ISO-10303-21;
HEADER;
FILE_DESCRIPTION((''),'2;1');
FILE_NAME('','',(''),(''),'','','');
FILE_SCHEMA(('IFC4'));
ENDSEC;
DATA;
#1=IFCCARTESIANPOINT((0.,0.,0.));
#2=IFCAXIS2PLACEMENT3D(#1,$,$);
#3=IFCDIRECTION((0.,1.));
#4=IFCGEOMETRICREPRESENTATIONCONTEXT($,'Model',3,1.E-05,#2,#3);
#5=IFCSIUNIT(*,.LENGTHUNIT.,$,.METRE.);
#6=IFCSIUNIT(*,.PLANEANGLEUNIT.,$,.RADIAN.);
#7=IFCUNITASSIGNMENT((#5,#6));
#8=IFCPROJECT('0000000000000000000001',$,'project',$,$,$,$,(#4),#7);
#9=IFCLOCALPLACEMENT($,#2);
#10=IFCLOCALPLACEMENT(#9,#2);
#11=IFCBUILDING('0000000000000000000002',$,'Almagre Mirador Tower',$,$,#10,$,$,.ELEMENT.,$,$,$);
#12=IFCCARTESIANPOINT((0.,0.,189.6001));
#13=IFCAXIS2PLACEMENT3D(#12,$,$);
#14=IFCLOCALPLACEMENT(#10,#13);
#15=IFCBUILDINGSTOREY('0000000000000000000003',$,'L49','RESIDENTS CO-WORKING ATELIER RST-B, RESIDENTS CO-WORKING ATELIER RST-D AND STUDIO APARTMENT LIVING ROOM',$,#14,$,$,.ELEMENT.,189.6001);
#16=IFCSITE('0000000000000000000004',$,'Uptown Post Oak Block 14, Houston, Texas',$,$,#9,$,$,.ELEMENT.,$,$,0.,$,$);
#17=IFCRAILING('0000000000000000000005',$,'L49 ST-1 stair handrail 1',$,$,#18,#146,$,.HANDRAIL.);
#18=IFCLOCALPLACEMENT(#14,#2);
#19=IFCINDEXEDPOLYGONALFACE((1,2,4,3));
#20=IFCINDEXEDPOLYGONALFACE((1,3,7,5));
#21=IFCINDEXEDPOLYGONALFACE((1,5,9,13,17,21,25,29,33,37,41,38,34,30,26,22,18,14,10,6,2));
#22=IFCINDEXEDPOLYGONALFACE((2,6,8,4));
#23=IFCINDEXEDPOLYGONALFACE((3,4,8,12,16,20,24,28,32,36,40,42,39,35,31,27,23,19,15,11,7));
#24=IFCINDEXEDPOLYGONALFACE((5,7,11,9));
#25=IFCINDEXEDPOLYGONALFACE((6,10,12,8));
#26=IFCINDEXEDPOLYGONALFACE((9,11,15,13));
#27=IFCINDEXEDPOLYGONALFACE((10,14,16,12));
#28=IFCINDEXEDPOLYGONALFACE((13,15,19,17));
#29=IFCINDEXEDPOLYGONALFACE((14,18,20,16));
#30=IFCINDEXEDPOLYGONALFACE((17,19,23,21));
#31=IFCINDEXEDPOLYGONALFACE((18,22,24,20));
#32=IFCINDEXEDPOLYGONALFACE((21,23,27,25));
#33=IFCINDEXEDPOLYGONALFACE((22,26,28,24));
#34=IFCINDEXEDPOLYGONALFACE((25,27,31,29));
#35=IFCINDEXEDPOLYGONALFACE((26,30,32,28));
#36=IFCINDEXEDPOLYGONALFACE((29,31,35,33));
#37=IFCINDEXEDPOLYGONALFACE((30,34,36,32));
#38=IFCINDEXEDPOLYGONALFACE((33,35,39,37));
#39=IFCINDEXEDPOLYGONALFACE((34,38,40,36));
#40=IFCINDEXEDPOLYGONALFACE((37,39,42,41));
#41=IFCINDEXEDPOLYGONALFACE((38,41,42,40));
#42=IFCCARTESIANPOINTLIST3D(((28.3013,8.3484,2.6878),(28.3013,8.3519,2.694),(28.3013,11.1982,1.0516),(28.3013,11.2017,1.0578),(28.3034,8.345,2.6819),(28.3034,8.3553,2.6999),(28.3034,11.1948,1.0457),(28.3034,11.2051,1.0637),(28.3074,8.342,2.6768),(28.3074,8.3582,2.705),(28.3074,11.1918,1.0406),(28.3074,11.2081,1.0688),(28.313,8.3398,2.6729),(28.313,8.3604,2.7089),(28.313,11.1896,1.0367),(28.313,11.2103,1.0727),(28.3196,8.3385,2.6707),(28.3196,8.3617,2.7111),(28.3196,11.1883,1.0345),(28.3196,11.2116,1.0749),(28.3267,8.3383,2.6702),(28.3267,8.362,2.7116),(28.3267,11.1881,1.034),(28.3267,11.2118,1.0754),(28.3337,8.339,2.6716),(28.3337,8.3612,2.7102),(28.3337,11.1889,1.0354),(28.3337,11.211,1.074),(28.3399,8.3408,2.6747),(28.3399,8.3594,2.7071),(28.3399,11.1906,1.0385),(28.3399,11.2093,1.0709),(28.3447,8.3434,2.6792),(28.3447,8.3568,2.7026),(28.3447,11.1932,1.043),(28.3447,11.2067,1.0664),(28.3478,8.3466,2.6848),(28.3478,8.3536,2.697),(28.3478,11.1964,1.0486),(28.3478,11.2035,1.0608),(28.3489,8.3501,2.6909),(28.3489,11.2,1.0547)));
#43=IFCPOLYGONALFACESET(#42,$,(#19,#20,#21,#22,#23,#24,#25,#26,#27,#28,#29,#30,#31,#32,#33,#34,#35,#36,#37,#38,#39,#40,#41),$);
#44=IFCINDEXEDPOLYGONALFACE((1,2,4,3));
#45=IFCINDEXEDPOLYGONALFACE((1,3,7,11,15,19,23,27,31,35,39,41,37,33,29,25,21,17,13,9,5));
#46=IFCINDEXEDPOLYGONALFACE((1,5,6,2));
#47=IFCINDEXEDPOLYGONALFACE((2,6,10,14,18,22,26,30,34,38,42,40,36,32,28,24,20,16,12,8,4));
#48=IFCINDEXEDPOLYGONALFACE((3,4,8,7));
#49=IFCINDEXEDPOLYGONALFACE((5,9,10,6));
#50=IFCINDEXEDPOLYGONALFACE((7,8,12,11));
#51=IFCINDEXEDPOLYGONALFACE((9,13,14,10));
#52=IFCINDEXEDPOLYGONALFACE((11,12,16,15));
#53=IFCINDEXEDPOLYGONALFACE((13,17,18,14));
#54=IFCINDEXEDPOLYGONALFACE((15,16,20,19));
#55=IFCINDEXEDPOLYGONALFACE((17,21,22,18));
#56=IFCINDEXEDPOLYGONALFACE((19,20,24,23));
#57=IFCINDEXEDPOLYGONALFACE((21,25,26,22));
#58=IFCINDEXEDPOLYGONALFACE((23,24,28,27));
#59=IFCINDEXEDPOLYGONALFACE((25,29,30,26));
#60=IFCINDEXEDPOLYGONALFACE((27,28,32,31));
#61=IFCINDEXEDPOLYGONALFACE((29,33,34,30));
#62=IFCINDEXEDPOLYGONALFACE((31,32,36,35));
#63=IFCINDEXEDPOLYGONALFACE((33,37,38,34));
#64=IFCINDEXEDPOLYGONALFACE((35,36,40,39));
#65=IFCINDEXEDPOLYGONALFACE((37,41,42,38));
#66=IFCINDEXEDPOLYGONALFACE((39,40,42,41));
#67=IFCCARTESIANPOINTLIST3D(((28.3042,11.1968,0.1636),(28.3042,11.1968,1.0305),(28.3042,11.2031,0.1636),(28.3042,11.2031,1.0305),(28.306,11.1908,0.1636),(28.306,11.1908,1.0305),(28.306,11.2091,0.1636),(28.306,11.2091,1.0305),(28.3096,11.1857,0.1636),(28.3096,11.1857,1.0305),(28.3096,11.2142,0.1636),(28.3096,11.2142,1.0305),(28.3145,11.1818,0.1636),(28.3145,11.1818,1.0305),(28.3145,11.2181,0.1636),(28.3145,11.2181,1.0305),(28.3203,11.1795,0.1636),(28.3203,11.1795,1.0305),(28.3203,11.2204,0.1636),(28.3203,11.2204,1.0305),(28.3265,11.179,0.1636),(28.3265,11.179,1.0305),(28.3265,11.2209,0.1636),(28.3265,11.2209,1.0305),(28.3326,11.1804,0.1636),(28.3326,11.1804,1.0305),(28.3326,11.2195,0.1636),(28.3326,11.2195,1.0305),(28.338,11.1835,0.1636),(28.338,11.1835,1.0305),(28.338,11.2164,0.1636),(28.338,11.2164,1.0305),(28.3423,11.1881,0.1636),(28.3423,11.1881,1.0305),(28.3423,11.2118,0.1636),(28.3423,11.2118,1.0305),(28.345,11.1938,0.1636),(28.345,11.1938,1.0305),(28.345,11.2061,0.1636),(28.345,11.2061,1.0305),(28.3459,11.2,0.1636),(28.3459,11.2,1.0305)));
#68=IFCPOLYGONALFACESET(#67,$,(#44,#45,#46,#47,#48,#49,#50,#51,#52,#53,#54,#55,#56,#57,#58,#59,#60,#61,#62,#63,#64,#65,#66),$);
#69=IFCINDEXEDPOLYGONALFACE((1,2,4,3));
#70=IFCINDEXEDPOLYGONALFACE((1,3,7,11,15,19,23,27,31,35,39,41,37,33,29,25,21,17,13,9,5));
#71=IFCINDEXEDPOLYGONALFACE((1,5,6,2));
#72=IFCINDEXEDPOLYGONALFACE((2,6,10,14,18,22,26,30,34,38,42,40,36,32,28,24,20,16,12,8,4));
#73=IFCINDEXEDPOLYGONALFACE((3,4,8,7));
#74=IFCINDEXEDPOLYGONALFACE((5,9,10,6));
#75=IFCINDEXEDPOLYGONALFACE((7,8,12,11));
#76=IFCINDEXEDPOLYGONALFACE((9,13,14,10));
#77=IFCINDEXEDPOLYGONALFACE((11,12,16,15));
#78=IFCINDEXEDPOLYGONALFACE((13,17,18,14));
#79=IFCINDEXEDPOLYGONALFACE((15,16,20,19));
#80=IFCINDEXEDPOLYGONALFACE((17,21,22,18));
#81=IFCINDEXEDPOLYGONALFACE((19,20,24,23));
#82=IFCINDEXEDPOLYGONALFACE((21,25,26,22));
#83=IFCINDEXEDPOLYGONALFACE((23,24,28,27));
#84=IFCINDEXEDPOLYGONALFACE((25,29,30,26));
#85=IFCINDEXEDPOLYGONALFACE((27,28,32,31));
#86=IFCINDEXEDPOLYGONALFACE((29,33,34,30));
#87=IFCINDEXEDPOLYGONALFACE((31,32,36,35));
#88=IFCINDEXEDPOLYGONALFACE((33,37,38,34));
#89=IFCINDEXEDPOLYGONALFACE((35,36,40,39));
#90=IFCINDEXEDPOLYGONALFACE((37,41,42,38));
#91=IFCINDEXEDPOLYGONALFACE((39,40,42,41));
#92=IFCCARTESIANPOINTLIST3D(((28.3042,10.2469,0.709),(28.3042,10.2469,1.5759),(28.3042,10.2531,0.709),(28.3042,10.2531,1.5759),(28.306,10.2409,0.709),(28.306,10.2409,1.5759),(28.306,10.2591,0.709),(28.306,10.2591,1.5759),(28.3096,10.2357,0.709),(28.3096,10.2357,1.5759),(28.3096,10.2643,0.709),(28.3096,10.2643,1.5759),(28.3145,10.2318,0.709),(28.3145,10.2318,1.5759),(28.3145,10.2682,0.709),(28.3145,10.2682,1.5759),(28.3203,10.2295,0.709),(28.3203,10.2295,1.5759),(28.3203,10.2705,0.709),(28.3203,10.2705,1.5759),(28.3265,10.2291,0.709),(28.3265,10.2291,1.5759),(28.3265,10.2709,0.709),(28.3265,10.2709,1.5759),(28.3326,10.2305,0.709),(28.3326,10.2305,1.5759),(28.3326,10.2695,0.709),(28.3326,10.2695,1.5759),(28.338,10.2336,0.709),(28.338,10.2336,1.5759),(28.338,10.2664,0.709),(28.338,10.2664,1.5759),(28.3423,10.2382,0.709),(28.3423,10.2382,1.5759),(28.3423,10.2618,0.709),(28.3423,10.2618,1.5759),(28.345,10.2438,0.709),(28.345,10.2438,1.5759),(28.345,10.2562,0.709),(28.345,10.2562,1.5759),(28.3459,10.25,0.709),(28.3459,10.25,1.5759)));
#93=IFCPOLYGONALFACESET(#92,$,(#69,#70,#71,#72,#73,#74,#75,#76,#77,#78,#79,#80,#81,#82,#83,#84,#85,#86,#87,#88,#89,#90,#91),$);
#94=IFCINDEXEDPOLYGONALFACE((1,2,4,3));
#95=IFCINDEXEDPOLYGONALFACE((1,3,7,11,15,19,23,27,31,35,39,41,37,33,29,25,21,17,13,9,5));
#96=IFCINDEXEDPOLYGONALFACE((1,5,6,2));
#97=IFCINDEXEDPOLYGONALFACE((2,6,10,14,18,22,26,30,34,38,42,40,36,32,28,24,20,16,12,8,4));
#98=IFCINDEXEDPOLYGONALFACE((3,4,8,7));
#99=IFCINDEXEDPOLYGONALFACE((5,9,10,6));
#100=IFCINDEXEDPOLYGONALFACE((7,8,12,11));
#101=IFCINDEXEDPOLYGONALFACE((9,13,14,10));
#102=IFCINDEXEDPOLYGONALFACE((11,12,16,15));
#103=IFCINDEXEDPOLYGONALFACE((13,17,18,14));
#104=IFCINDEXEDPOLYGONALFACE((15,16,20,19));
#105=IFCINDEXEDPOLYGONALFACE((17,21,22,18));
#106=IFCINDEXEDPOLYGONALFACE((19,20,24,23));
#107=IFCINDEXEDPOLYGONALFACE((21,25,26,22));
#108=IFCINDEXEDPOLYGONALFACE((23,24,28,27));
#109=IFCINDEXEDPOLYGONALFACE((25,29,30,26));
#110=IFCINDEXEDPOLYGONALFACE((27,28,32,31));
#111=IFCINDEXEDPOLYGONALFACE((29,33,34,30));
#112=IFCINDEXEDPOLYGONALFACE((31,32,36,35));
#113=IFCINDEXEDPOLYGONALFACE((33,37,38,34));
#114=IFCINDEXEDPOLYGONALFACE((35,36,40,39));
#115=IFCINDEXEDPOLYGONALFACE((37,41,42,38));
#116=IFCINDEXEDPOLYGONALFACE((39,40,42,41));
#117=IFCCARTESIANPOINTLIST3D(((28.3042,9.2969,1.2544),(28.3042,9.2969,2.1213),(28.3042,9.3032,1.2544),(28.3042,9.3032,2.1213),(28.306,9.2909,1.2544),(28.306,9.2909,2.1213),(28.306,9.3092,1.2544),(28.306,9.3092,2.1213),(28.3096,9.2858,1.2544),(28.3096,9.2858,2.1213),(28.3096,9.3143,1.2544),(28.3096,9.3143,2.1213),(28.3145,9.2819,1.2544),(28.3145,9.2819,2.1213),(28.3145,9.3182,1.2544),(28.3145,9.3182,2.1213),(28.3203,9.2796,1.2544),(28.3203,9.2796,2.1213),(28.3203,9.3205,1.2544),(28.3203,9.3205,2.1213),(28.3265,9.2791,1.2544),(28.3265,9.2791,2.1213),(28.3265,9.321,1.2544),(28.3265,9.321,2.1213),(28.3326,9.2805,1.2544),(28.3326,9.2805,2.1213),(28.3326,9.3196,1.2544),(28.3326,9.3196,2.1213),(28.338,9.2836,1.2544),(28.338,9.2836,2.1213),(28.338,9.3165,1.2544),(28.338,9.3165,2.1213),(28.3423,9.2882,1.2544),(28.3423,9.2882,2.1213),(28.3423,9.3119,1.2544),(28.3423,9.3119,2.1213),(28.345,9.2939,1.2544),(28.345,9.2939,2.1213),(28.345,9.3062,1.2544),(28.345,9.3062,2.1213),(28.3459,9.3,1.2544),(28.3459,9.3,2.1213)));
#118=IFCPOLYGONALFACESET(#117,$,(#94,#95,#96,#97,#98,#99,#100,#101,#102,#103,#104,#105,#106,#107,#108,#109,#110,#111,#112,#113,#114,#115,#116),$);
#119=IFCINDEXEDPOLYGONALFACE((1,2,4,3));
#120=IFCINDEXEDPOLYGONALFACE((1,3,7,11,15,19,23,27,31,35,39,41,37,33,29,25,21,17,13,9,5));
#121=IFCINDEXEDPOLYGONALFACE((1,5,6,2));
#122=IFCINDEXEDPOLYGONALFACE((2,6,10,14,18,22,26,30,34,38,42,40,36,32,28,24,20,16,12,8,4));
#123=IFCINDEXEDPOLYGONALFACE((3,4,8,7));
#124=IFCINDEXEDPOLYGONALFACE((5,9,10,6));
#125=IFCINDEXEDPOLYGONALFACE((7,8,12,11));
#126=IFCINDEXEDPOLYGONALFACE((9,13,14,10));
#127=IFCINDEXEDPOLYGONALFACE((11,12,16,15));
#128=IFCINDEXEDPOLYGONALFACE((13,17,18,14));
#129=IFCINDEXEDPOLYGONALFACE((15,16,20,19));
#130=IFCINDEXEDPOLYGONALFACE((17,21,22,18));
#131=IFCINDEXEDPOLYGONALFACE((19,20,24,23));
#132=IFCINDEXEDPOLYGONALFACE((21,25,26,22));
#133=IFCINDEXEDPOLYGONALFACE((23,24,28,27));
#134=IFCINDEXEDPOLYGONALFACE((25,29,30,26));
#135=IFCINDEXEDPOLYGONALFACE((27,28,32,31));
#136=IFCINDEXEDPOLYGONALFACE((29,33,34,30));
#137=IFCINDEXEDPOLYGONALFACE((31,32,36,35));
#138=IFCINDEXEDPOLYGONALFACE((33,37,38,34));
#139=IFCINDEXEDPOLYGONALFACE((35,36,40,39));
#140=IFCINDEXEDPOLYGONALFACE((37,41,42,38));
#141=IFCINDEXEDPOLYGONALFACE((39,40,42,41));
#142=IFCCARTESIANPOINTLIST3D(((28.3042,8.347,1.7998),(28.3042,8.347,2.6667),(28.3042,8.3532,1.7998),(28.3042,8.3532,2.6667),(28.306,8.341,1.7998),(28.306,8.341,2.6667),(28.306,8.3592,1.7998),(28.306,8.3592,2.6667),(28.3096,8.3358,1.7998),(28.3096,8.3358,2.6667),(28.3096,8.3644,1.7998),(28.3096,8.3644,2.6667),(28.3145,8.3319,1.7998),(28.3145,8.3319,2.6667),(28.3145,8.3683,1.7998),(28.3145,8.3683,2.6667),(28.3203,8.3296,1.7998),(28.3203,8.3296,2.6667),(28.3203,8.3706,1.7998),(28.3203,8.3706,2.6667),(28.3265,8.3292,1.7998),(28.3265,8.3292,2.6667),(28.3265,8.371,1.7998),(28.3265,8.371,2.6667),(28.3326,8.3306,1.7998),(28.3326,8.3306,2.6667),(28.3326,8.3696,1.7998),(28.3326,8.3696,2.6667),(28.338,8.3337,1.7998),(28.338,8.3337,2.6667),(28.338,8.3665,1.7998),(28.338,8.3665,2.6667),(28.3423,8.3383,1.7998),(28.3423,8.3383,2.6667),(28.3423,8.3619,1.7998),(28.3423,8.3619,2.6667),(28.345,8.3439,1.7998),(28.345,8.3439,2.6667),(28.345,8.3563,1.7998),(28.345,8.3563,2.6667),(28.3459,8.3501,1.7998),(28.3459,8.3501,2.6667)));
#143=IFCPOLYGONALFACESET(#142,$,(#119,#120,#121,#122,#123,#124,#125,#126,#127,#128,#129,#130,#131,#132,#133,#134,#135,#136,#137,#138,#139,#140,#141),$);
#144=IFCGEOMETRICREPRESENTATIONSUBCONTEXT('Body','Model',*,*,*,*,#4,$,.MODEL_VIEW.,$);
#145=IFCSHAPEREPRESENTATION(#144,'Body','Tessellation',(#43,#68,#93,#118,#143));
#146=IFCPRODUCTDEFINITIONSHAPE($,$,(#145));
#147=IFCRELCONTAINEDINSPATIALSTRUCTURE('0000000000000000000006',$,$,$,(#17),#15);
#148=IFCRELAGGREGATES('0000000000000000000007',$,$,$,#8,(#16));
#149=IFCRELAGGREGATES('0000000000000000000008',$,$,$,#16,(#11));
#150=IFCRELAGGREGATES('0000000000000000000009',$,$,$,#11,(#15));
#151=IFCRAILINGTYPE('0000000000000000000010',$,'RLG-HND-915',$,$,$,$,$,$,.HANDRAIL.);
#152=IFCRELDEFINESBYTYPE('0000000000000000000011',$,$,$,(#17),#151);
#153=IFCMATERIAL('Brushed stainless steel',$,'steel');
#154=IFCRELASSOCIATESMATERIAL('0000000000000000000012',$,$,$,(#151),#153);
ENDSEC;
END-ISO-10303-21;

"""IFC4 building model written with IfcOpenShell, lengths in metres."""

from ifc_helpers import new_model, si_unit, direction, frame, origin, origin_2d, place, context, subcontext, project, spatial, circle, extrude, material, type_object, element, save


model = new_model("IFC4")

# Units and contexts
model_context = context("Model", 3, precision=1e-05, world=origin(), true_north=direction((0.0, 1.0)))
body_context = subcontext(model_context, "Body", "Model", "MODEL_VIEW")
ifc_project = project(units=[si_unit("LENGTHUNIT", "METRE"), si_unit("PLANEANGLEUNIT", "RADIAN")], contexts=[model_context])

# Site, building, storey
site_placement = place(None, origin())
site = spatial("IfcSite", under=ifc_project, at=site_placement, Name="Uptown Post Oak Block 14, Houston, Texas", CompositionType="ELEMENT", RefElevation=0.0)
building_placement = place(site_placement, origin())
building = spatial("IfcBuilding", under=site, at=building_placement, Name="Almagre Mirador Tower", CompositionType="ELEMENT")
storey_placement = place(building_placement, frame((0.0, 0.0, 189.6001)))
storey = spatial("IfcBuildingStorey", under=building, at=storey_placement, Name="L49", Description="RESIDENTS CO-WORKING ATELIER RST-B, RESIDENTS CO-WORKING ATELIER RST-D AND STUDIO APARTMENT LIVING ROOM", CompositionType="ELEMENT", Elevation=189.6001)

# Railing
ifc_material_1 = material(Name="Brushed stainless steel", Category="steel")
railing_type_1 = type_object("IfcRailingType", Name="RLG-HND-915", PredefinedType="HANDRAIL", material=ifc_material_1)
railing_1_placement = place(storey_placement, frame((28.325, 11.2, 0.1636)))
element("IfcRailing", 1, at=railing_1_placement, inside=storey, type_object=railing_type_1, Name="L49 ST-1 stair handrail 1", PredefinedType="HANDRAIL", context=body_context, shape_type="SweptSolid", body=[
    extrude(circle(Radius=0.0239, at=origin_2d()), frame((0.0, 0.0, 0.8911), z_axis=(0.0, -0.867226, 0.497914), x_axis=(1.0, 0.0, 0.0)), (0.0, 0.0, 1.0), 3.2861),
    extrude(circle(Radius=0.021, at=origin_2d()), origin(), (0.0, 0.0, 1.0), 0.8669),
    extrude(circle(Radius=0.021, at=origin_2d()), frame((0.0, -0.95, 0.5454)), (0.0, 0.0, 1.0), 0.8669),
    extrude(circle(Radius=0.021, at=origin_2d()), frame((0.0, -1.8999, 1.0908)), (0.0, 0.0, 1.0), 0.8669),
    extrude(circle(Radius=0.021, at=origin_2d()), frame((0.0, -2.8499, 1.6362)), (0.0, 0.0, 1.0), 0.8669),
])

save(model, "model.ifc")
